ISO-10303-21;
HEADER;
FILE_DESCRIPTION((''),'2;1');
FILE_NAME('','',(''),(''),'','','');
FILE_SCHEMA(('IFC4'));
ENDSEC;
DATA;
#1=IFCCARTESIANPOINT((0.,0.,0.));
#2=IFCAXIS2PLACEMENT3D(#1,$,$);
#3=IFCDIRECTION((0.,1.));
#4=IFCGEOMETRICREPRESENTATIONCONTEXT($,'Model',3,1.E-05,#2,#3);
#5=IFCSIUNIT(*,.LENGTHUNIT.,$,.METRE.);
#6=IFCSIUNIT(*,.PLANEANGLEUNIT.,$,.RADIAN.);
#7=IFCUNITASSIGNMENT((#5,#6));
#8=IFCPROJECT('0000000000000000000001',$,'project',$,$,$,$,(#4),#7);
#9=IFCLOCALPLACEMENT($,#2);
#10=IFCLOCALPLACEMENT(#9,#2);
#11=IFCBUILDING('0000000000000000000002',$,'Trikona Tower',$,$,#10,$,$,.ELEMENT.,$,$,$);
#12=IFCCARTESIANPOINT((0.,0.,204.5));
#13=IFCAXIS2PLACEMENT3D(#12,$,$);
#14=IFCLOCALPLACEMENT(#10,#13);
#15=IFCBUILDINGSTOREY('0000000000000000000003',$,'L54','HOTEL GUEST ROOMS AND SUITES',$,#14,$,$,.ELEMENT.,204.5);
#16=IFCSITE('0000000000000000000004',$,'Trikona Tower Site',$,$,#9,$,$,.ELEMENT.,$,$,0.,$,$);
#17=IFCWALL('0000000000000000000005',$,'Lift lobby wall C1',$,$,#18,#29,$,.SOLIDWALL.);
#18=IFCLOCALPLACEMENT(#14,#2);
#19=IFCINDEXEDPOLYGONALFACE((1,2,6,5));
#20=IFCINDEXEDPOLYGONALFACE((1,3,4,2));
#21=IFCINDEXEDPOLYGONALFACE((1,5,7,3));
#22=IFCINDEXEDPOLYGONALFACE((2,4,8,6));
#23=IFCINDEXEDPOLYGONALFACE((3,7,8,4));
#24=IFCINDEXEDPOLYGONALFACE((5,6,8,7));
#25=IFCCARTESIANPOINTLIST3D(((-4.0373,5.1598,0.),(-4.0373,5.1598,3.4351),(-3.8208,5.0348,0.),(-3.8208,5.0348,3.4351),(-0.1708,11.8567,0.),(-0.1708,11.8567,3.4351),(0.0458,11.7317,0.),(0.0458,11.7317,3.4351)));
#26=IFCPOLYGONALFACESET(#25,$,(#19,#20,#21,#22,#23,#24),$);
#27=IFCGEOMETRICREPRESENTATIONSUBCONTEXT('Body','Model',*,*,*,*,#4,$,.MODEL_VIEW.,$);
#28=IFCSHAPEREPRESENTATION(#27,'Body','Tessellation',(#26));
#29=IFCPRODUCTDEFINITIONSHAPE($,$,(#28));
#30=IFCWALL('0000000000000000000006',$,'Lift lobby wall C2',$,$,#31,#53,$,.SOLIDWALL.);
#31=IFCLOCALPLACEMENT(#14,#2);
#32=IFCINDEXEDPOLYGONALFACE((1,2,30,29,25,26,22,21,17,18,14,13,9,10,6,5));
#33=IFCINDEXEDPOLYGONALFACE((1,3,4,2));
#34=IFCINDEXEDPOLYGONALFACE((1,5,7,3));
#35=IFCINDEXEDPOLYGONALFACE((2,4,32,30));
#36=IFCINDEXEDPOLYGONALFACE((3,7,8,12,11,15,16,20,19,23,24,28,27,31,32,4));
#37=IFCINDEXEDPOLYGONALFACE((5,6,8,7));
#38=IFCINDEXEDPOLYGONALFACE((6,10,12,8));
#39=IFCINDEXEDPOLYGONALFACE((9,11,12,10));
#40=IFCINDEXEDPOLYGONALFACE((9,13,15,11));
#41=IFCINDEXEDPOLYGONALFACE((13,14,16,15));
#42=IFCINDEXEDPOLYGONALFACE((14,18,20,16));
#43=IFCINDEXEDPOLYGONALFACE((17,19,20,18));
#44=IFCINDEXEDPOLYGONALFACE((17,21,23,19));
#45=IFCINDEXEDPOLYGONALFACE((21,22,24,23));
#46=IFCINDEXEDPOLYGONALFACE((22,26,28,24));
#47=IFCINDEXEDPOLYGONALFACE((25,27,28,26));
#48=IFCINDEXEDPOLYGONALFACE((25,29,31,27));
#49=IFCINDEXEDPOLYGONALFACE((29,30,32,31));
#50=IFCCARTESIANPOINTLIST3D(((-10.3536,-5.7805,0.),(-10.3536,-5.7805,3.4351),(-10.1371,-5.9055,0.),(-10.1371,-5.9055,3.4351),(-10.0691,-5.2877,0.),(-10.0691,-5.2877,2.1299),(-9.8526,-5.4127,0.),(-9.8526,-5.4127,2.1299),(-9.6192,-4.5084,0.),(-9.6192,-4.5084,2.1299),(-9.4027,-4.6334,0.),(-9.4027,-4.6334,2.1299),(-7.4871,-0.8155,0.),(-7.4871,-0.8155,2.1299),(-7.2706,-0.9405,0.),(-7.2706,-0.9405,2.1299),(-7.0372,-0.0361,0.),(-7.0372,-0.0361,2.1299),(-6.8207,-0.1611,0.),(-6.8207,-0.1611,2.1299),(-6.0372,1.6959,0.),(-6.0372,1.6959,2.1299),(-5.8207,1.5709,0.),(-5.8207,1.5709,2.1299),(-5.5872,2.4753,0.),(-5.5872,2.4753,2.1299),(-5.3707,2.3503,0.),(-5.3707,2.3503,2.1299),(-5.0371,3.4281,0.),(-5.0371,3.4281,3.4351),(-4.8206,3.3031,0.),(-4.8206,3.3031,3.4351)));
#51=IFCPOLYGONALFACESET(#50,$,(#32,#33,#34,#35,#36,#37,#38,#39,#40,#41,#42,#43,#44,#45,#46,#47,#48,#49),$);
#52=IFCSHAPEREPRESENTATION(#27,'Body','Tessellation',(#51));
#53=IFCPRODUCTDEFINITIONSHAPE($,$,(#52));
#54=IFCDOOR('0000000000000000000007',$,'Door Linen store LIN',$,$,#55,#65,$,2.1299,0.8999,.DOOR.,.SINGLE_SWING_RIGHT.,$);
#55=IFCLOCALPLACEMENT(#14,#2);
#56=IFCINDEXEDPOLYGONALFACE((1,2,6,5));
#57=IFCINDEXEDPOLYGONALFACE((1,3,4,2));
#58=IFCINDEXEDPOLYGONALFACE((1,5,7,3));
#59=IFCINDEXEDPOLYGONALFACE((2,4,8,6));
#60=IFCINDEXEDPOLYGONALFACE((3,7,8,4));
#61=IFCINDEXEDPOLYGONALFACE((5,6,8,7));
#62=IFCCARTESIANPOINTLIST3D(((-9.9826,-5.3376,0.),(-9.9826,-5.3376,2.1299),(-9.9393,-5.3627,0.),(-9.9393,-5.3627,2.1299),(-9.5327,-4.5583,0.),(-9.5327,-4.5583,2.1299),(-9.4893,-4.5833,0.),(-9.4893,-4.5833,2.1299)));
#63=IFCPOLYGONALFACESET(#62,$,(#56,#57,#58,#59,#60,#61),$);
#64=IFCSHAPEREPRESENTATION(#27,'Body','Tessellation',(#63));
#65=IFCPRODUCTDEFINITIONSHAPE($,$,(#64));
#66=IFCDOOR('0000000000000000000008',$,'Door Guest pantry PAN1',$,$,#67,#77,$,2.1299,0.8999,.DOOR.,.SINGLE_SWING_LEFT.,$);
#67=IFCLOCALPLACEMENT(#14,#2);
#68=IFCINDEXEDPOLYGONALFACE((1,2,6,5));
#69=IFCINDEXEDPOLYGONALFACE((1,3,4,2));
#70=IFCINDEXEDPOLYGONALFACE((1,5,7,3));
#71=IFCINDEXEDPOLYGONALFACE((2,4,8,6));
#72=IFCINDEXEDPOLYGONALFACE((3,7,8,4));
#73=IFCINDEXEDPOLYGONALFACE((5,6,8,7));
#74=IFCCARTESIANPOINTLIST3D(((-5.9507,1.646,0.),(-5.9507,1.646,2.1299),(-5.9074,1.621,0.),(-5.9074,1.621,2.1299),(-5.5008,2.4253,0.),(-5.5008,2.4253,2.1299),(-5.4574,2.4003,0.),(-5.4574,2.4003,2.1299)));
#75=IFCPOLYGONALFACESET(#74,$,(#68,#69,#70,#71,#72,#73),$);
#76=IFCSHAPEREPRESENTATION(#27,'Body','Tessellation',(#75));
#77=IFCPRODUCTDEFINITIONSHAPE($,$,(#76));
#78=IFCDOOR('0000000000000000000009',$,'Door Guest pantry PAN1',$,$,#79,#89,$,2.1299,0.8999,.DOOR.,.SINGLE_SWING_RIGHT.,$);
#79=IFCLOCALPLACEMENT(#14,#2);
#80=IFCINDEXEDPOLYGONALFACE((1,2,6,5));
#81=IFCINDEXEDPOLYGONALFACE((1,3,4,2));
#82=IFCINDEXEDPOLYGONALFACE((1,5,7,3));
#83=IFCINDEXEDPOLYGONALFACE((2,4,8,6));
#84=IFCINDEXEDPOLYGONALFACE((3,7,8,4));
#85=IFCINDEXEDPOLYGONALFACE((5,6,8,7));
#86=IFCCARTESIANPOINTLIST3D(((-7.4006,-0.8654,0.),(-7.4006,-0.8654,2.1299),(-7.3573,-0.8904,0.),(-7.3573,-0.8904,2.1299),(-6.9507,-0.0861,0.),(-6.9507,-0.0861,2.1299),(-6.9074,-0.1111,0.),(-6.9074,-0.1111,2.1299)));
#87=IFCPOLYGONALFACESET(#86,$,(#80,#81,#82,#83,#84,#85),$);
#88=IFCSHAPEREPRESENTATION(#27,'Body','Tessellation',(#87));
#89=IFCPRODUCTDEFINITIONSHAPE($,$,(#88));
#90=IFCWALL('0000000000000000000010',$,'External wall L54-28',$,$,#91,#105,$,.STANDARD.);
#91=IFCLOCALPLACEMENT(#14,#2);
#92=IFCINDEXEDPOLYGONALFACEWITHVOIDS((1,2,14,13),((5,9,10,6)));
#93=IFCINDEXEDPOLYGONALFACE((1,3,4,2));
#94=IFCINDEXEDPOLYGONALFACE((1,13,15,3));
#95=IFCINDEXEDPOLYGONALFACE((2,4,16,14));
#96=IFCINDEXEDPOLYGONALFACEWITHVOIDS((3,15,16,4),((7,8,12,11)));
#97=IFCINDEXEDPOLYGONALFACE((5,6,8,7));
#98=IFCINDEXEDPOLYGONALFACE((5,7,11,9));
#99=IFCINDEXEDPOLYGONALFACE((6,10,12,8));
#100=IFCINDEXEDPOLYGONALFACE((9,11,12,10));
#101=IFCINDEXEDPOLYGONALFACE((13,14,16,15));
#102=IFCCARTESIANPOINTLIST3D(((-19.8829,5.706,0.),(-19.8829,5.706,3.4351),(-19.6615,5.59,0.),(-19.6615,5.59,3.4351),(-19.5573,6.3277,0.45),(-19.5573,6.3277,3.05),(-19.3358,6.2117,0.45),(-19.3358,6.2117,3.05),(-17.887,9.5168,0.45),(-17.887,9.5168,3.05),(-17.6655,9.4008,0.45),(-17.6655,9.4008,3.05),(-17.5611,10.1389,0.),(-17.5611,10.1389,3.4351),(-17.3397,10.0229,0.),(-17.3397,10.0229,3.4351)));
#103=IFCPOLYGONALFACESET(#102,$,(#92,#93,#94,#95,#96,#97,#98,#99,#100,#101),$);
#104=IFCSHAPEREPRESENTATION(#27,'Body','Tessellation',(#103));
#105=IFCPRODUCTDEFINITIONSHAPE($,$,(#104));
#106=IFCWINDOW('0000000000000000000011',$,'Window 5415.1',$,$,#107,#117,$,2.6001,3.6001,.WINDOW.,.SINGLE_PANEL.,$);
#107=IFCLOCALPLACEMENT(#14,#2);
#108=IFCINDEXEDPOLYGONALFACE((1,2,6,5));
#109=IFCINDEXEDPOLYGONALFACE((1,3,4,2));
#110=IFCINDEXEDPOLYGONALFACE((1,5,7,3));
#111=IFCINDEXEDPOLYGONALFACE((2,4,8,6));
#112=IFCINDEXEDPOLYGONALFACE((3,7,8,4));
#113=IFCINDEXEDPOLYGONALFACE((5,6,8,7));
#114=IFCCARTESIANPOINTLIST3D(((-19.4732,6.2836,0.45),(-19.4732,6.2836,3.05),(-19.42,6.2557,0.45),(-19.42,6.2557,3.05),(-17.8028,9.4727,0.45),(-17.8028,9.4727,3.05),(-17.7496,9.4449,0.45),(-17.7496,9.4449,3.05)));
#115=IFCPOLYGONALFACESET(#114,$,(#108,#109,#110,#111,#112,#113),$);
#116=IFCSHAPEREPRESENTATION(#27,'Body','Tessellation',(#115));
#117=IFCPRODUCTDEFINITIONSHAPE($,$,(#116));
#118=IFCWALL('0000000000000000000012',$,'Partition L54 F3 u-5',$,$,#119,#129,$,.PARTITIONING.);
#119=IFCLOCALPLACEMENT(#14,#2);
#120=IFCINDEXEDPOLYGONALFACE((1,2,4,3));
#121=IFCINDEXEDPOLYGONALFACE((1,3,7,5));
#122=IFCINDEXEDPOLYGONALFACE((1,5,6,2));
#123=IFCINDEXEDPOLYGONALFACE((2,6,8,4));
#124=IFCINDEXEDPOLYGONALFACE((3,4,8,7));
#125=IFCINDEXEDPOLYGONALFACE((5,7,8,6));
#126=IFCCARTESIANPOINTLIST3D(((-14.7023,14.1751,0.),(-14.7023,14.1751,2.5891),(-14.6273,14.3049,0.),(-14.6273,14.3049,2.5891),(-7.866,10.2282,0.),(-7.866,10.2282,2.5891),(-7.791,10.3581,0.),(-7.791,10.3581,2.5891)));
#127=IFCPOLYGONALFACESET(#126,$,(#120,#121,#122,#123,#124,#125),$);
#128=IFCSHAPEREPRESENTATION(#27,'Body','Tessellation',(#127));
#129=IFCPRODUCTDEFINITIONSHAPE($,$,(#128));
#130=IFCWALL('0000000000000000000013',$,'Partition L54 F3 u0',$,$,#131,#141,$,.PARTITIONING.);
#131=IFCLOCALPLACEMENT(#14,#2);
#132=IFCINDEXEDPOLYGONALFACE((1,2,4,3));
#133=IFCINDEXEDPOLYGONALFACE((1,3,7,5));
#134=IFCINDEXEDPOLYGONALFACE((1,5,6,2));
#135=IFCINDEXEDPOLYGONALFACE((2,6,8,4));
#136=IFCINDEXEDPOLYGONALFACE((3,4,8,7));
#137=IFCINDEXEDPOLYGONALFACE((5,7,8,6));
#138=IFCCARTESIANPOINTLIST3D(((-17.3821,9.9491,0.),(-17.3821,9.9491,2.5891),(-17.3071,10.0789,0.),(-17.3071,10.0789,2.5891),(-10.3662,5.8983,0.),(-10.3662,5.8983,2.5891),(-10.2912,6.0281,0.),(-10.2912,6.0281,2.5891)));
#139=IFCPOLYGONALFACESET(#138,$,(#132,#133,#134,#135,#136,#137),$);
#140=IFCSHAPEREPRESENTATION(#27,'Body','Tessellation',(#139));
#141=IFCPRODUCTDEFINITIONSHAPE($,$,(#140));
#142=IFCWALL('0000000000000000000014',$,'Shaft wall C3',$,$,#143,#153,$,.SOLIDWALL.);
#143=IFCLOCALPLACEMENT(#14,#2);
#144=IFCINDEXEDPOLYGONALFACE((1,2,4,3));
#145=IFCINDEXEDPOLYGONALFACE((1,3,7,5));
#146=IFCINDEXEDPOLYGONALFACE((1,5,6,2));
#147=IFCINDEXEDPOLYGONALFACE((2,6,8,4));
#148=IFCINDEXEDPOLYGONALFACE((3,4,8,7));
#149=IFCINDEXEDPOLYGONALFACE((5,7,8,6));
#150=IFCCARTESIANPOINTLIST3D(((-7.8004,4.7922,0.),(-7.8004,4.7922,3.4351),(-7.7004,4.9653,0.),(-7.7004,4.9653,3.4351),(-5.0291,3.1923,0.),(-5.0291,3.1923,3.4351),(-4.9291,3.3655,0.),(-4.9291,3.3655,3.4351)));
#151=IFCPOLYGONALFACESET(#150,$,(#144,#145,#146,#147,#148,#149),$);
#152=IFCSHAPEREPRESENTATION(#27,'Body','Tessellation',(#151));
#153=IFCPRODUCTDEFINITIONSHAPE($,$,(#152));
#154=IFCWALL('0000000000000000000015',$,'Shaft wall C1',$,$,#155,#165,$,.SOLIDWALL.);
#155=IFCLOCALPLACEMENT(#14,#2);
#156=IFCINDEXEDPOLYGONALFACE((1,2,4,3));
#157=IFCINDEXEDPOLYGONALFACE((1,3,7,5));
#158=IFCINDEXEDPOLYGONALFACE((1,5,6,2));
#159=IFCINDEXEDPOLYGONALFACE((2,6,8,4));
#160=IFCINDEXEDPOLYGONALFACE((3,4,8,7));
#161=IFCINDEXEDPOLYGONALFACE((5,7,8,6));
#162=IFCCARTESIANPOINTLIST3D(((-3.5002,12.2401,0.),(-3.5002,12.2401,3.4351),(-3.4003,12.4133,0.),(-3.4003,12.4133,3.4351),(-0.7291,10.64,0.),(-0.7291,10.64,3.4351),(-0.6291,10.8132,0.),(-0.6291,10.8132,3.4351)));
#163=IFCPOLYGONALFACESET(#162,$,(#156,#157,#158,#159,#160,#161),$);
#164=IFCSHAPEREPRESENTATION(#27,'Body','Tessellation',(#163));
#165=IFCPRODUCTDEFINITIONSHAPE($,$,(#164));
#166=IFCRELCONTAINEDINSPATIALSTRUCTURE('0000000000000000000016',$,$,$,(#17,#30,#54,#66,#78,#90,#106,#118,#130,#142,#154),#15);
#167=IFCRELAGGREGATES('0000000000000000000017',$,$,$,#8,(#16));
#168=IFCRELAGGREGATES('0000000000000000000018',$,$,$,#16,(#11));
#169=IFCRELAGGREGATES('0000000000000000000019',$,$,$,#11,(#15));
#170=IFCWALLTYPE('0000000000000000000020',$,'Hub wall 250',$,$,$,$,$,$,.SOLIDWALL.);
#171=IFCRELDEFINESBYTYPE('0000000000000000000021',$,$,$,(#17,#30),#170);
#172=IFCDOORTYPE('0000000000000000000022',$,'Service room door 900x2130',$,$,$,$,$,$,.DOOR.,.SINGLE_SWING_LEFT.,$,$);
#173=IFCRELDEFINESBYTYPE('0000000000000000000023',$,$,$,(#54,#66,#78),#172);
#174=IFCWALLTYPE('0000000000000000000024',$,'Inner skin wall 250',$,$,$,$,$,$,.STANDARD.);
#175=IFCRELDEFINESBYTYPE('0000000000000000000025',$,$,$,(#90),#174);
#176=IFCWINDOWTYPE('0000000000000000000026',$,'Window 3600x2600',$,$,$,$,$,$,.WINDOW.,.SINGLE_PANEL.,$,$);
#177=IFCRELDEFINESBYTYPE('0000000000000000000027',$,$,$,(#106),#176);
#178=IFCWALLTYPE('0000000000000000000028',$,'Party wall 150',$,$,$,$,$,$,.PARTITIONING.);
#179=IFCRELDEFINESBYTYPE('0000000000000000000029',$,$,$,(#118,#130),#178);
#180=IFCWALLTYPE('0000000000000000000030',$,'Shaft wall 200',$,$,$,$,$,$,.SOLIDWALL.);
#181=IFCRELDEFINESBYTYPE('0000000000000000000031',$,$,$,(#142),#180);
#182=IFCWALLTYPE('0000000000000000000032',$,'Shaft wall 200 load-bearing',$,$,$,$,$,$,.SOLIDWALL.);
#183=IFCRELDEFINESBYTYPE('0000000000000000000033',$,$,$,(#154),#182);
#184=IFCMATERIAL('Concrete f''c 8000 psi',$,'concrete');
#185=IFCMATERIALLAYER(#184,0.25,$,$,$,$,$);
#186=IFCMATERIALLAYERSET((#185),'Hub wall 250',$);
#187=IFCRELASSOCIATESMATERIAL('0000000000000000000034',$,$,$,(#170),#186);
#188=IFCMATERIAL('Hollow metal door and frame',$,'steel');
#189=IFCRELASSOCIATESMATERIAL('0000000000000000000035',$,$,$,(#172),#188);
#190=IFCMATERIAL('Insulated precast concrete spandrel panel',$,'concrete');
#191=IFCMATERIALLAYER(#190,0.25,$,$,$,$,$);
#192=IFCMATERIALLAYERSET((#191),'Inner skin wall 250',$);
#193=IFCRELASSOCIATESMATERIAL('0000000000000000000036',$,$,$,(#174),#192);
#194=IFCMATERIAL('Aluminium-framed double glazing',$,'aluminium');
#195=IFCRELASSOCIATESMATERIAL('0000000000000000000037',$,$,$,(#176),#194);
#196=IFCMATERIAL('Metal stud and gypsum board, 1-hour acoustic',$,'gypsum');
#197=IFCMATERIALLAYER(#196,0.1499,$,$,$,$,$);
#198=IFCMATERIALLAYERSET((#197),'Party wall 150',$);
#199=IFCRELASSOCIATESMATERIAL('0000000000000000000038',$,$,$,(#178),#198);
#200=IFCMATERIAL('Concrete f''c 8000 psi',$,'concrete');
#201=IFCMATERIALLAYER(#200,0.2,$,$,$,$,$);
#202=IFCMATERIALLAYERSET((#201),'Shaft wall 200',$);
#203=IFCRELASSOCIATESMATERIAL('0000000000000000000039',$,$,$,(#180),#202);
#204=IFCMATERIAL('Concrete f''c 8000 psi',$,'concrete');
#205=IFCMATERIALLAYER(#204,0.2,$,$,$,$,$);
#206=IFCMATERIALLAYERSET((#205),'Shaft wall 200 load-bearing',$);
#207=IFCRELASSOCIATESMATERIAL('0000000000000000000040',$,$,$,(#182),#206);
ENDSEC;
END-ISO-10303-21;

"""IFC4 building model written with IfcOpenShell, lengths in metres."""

from ifc_helpers import new_model, si_unit, direction, frame, frame_2d, origin, place, context, subcontext, project, spatial, rectangle, extrude, material, layer, layer_set, type_object, element, fill, save


model = new_model("IFC4")

# Units and contexts
model_context = context("Model", 3, precision=1e-05, world=origin(), true_north=direction((0.0, 1.0)))
body_context = subcontext(model_context, "Body", "Model", "MODEL_VIEW")
ifc_project = project(units=[si_unit("LENGTHUNIT", "METRE"), si_unit("PLANEANGLEUNIT", "RADIAN")], contexts=[model_context])

# Site, building, storey
site_placement = place(None, origin())
site = spatial("IfcSite", under=ifc_project, at=site_placement, Name="Trikona Tower Site", CompositionType="ELEMENT", RefElevation=0.0)
building_placement = place(site_placement, origin())
building = spatial("IfcBuilding", under=site, at=building_placement, Name="Trikona Tower", CompositionType="ELEMENT")
storey_placement = place(building_placement, frame((0.0, 0.0, 204.5)))
storey = spatial("IfcBuildingStorey", under=building, at=storey_placement, Name="L54", Description="HOTEL GUEST ROOMS AND SUITES", CompositionType="ELEMENT", Elevation=204.5)

# Wall
ifc_material_1 = material(Name="Concrete f'c 8000 psi", Category="concrete")
ifc_layer_1 = layer(ifc_material_1, 0.25)
ifc_layer_set_1 = layer_set([ifc_layer_1], Name="Hub wall 250")
wall_type_1 = type_object("IfcWallType", Name="Hub wall 250", PredefinedType="SOLIDWALL", material=ifc_layer_set_1)
wall_1_placement = place(storey_placement, frame((-0.0625, 11.7942, 0.0), z_axis=(0.0, 0.0, 1.0), x_axis=(-0.500007, -0.866022, 0.0)))
element("IfcWall", 1, at=wall_1_placement, inside=storey, type_object=wall_type_1, Name="Lift lobby wall C1", PredefinedType="SOLIDWALL", context=body_context, shape_type="SweptSolid", body=[
    extrude(rectangle(XDim=7.7329, YDim=0.25, at=frame_2d((3.8665, 0.0))), origin(), (0.0, 0.0, 1.0), 3.4351),
])

# Wall, openings, doors
wall_2_placement = place(storey_placement, frame((-4.929, 3.3655, 0.0), z_axis=(0.0, 0.0, 1.0), x_axis=(-0.499991, -0.86603, 0.0)))
wall_2 = element("IfcWall", 2, at=wall_2_placement, inside=storey, type_object=wall_type_1, Name="Lift lobby wall C2", PredefinedType="SOLIDWALL", context=body_context, shape_type="SweptSolid", body=[
    extrude(rectangle(XDim=10.6331, YDim=0.25, at=frame_2d((5.3164, 0.0))), origin(), (0.0, 0.0, 1.0), 3.4351),
])
opening_1_placement = place(wall_2_placement, frame((9.1641, 0.0, 0.0)))
opening_1 = element("IfcOpeningElement", 3, at=opening_1_placement, cuts=wall_2, PredefinedType="OPENING", context=body_context, shape_type="SweptSolid", body=[
    extrude(rectangle(XDim=0.8999, YDim=2.1299, at=frame_2d((0.45, 1.0649))), frame((0.0, 0.135, 0.0), z_axis=(0.0, -1.0, 0.0), x_axis=(1.0, 0.0, 0.0)), (0.0, 0.0, 1.0), 0.27),
])
opening_2_placement = place(wall_2_placement, frame((1.1001, 0.0, 0.0)))
opening_2 = element("IfcOpeningElement", 4, at=opening_2_placement, cuts=wall_2, PredefinedType="OPENING", context=body_context, shape_type="SweptSolid", body=[
    extrude(rectangle(XDim=0.8999, YDim=2.1299, at=frame_2d((0.45, 1.0649))), frame((0.0, 0.135, 0.0), z_axis=(0.0, -1.0, 0.0), x_axis=(1.0, 0.0, 0.0)), (0.0, 0.0, 1.0), 0.27),
])
opening_3_placement = place(wall_2_placement, frame((4.0, 0.0, 0.0)))
opening_3 = element("IfcOpeningElement", 5, at=opening_3_placement, cuts=wall_2, PredefinedType="OPENING", context=body_context, shape_type="SweptSolid", body=[
    extrude(rectangle(XDim=0.8999, YDim=2.1299, at=frame_2d((0.45, 1.0649))), frame((0.0, 0.135, 0.0), z_axis=(0.0, -1.0, 0.0), x_axis=(1.0, 0.0, 0.0)), (0.0, 0.0, 1.0), 0.27),
])
ifc_material_2 = material(Name="Hollow metal door and frame", Category="steel")
door_type_1 = type_object("IfcDoorType", Name="Service room door 900x2130", OperationType="SINGLE_SWING_LEFT", PredefinedType="DOOR", material=ifc_material_2)
door_1_placement = place(opening_1_placement, origin())
door_1 = element("IfcDoor", 6, at=door_1_placement, inside=storey, type_object=door_type_1, Name="Door Linen store LIN", OperationType="SINGLE_SWING_RIGHT", OverallHeight=2.1299, OverallWidth=0.8999, PredefinedType="DOOR", context=body_context, shape_type="SweptSolid", body=[
    extrude(rectangle(XDim=0.8999, YDim=2.1299, at=frame_2d((0.45, 1.0649))), frame((0.0, 0.0249, 0.0), z_axis=(0.0, -1.0, 0.0), x_axis=(1.0, 0.0, 0.0)), (0.0, 0.0, 1.0), 0.05),
])
fill(opening_1, door_1)
door_2_placement = place(opening_2_placement, origin())
door_2 = element("IfcDoor", 7, at=door_2_placement, inside=storey, type_object=door_type_1, Name="Door Guest pantry PAN1", OperationType="SINGLE_SWING_LEFT", OverallHeight=2.1299, OverallWidth=0.8999, PredefinedType="DOOR", context=body_context, shape_type="SweptSolid", body=[
    extrude(rectangle(XDim=0.8999, YDim=2.1299, at=frame_2d((0.45, 1.0649))), frame((0.0, 0.0249, 0.0), z_axis=(0.0, -1.0, 0.0), x_axis=(1.0, 0.0, 0.0)), (0.0, 0.0, 1.0), 0.05),
])
fill(opening_2, door_2)
door_3_placement = place(opening_3_placement, origin())
door_3 = element("IfcDoor", 8, at=door_3_placement, inside=storey, type_object=door_type_1, Name="Door Guest pantry PAN1", OperationType="SINGLE_SWING_RIGHT", OverallHeight=2.1299, OverallWidth=0.8999, PredefinedType="DOOR", context=body_context, shape_type="SweptSolid", body=[
    extrude(rectangle(XDim=0.8999, YDim=2.1299, at=frame_2d((0.45, 1.0649))), frame((0.0, 0.0249, 0.0), z_axis=(0.0, -1.0, 0.0), x_axis=(1.0, 0.0, 0.0)), (0.0, 0.0, 1.0), 0.05),
])
fill(opening_3, door_3)

# Wall, opening, window
ifc_material_3 = material(Name="Insulated precast concrete spandrel panel", Category="concrete")
ifc_layer_2 = layer(ifc_material_3, 0.25)
ifc_layer_set_2 = layer_set([ifc_layer_2], Name="Inner skin wall 250")
wall_type_2 = type_object("IfcWallType", Name="Inner skin wall 250", PredefinedType="STANDARD", material=ifc_layer_set_2)
wall_3_placement = place(storey_placement, frame((-17.4504, 10.0808, 0.0), z_axis=(0.0, 0.0, 1.0), x_axis=(-0.463976, -0.885848, 0.0)))
wall_3 = element("IfcWall", 9, at=wall_3_placement, inside=storey, type_object=wall_type_2, Name="External wall L54-28", PredefinedType="STANDARD", context=body_context, shape_type="SweptSolid", body=[
    extrude(rectangle(XDim=5.0042, YDim=0.25, at=frame_2d((2.502, 0.0))), origin(), (0.0, 0.0, 1.0), 3.4351),
])
opening_4_placement = place(wall_3_placement, frame((0.7021, 0.0, 0.45)))
opening_4 = element("IfcOpeningElement", 10, at=opening_4_placement, cuts=wall_3, PredefinedType="OPENING", context=body_context, shape_type="SweptSolid", body=[
    extrude(rectangle(XDim=3.6001, YDim=2.6001, at=frame_2d((1.8, 1.3))), frame((0.0, 0.135, 0.0), z_axis=(0.0, -1.0, 0.0), x_axis=(1.0, 0.0, 0.0)), (0.0, 0.0, 1.0), 0.27),
])
ifc_material_4 = material(Name="Aluminium-framed double glazing", Category="aluminium")
window_type = type_object("IfcWindowType", Name="Window 3600x2600", PartitioningType="SINGLE_PANEL", PredefinedType="WINDOW", material=ifc_material_4)
window_placement = place(opening_4_placement, origin())
window = element("IfcWindow", 11, at=window_placement, inside=storey, type_object=window_type, Name="Window 5415.1", OverallHeight=2.6001, OverallWidth=3.6001, PartitioningType="SINGLE_PANEL", PredefinedType="WINDOW", context=body_context, shape_type="SweptSolid", body=[
    extrude(rectangle(XDim=3.6001, YDim=2.6001, at=frame_2d((1.8, 1.3))), frame((0.0, 0.03, 0.0), z_axis=(0.0, -1.0, 0.0), x_axis=(1.0, 0.0, 0.0)), (0.0, 0.0, 1.0), 0.0601),
])
fill(opening_4, window)

# Walls
ifc_material_5 = material(Name="Metal stud and gypsum board, 1-hour acoustic", Category="gypsum")
ifc_layer_3 = layer(ifc_material_5, 0.1499)
ifc_layer_set_3 = layer_set([ifc_layer_3], Name="Party wall 150")
wall_type_3 = type_object("IfcWallType", Name="Party wall 150", PredefinedType="PARTITIONING", material=ifc_layer_set_3)
wall_4_placement = place(storey_placement, frame((-7.8286, 10.2932, 0.0), z_axis=(0.0, 0.0, 1.0), x_axis=(-0.866031, 0.499991, 0.0)))
element("IfcWall", 12, at=wall_4_placement, inside=storey, type_object=wall_type_3, Name="Partition L54 F3 u-5", PredefinedType="PARTITIONING", context=body_context, shape_type="SweptSolid", body=[
    extrude(rectangle(XDim=7.8938, YDim=0.1499, at=frame_2d((3.9468, 0.0))), origin(), (0.0, 0.0, 1.0), 2.5891),
])
wall_5_placement = place(storey_placement, frame((-10.3286, 5.9631, 0.0), z_axis=(0.0, 0.0, 1.0), x_axis=(-0.866016, 0.500015, 0.0)))
element("IfcWall", 13, at=wall_5_placement, inside=storey, type_object=wall_type_3, Name="Partition L54 F3 u0", PredefinedType="PARTITIONING", context=body_context, shape_type="SweptSolid", body=[
    extrude(rectangle(XDim=8.1013, YDim=0.1499, at=frame_2d((4.0508, 0.0))), origin(), (0.0, 0.0, 1.0), 2.5891),
])
ifc_material_6 = material(Name="Concrete f'c 8000 psi", Category="concrete")
ifc_layer_4 = layer(ifc_material_6, 0.2)
ifc_layer_set_4 = layer_set([ifc_layer_4], Name="Shaft wall 200")
wall_type_4 = type_object("IfcWallType", Name="Shaft wall 200", PredefinedType="SOLIDWALL", material=ifc_layer_set_4)
wall_6_placement = place(storey_placement, frame((-4.979, 3.2788, 0.0), z_axis=(0.0, 0.0, 1.0), x_axis=(-0.866042, 0.499971, 0.0)))
element("IfcWall", 14, at=wall_6_placement, inside=storey, type_object=wall_type_4, Name="Shaft wall C3", PredefinedType="SOLIDWALL", context=body_context, shape_type="SweptSolid", body=[
    extrude(rectangle(XDim=3.2, YDim=0.2, at=frame_2d((1.6001, 0.0))), origin(), (0.0, 0.0, 1.0), 3.4351),
])
ifc_material_7 = material(Name="Concrete f'c 8000 psi", Category="concrete")
ifc_layer_5 = layer(ifc_material_7, 0.2)
ifc_layer_set_5 = layer_set([ifc_layer_5], Name="Shaft wall 200 load-bearing")
wall_type_5 = type_object("IfcWallType", Name="Shaft wall 200 load-bearing", PredefinedType="SOLIDWALL", material=ifc_layer_set_5)
for number, where, z_axis, x_axis, name in (
    (15, (-0.679, 10.7266, 0.0), (0.0, 0.0, 1.0), (-0.866009, 0.500028, 0.0), "Shaft wall C1"),
):
    element("IfcWall", number, at=place(storey_placement, frame(where, z_axis=z_axis, x_axis=x_axis)), inside=storey, type_object=wall_type_5, Name=name, PredefinedType="SOLIDWALL", context=body_context, shape_type="SweptSolid", body=[
        extrude(rectangle(XDim=3.2, YDim=0.2, at=frame_2d((1.6001, 0.0))), origin(), (0.0, 0.0, 1.0), 3.4351),
    ])

save(model, "model.ifc")
